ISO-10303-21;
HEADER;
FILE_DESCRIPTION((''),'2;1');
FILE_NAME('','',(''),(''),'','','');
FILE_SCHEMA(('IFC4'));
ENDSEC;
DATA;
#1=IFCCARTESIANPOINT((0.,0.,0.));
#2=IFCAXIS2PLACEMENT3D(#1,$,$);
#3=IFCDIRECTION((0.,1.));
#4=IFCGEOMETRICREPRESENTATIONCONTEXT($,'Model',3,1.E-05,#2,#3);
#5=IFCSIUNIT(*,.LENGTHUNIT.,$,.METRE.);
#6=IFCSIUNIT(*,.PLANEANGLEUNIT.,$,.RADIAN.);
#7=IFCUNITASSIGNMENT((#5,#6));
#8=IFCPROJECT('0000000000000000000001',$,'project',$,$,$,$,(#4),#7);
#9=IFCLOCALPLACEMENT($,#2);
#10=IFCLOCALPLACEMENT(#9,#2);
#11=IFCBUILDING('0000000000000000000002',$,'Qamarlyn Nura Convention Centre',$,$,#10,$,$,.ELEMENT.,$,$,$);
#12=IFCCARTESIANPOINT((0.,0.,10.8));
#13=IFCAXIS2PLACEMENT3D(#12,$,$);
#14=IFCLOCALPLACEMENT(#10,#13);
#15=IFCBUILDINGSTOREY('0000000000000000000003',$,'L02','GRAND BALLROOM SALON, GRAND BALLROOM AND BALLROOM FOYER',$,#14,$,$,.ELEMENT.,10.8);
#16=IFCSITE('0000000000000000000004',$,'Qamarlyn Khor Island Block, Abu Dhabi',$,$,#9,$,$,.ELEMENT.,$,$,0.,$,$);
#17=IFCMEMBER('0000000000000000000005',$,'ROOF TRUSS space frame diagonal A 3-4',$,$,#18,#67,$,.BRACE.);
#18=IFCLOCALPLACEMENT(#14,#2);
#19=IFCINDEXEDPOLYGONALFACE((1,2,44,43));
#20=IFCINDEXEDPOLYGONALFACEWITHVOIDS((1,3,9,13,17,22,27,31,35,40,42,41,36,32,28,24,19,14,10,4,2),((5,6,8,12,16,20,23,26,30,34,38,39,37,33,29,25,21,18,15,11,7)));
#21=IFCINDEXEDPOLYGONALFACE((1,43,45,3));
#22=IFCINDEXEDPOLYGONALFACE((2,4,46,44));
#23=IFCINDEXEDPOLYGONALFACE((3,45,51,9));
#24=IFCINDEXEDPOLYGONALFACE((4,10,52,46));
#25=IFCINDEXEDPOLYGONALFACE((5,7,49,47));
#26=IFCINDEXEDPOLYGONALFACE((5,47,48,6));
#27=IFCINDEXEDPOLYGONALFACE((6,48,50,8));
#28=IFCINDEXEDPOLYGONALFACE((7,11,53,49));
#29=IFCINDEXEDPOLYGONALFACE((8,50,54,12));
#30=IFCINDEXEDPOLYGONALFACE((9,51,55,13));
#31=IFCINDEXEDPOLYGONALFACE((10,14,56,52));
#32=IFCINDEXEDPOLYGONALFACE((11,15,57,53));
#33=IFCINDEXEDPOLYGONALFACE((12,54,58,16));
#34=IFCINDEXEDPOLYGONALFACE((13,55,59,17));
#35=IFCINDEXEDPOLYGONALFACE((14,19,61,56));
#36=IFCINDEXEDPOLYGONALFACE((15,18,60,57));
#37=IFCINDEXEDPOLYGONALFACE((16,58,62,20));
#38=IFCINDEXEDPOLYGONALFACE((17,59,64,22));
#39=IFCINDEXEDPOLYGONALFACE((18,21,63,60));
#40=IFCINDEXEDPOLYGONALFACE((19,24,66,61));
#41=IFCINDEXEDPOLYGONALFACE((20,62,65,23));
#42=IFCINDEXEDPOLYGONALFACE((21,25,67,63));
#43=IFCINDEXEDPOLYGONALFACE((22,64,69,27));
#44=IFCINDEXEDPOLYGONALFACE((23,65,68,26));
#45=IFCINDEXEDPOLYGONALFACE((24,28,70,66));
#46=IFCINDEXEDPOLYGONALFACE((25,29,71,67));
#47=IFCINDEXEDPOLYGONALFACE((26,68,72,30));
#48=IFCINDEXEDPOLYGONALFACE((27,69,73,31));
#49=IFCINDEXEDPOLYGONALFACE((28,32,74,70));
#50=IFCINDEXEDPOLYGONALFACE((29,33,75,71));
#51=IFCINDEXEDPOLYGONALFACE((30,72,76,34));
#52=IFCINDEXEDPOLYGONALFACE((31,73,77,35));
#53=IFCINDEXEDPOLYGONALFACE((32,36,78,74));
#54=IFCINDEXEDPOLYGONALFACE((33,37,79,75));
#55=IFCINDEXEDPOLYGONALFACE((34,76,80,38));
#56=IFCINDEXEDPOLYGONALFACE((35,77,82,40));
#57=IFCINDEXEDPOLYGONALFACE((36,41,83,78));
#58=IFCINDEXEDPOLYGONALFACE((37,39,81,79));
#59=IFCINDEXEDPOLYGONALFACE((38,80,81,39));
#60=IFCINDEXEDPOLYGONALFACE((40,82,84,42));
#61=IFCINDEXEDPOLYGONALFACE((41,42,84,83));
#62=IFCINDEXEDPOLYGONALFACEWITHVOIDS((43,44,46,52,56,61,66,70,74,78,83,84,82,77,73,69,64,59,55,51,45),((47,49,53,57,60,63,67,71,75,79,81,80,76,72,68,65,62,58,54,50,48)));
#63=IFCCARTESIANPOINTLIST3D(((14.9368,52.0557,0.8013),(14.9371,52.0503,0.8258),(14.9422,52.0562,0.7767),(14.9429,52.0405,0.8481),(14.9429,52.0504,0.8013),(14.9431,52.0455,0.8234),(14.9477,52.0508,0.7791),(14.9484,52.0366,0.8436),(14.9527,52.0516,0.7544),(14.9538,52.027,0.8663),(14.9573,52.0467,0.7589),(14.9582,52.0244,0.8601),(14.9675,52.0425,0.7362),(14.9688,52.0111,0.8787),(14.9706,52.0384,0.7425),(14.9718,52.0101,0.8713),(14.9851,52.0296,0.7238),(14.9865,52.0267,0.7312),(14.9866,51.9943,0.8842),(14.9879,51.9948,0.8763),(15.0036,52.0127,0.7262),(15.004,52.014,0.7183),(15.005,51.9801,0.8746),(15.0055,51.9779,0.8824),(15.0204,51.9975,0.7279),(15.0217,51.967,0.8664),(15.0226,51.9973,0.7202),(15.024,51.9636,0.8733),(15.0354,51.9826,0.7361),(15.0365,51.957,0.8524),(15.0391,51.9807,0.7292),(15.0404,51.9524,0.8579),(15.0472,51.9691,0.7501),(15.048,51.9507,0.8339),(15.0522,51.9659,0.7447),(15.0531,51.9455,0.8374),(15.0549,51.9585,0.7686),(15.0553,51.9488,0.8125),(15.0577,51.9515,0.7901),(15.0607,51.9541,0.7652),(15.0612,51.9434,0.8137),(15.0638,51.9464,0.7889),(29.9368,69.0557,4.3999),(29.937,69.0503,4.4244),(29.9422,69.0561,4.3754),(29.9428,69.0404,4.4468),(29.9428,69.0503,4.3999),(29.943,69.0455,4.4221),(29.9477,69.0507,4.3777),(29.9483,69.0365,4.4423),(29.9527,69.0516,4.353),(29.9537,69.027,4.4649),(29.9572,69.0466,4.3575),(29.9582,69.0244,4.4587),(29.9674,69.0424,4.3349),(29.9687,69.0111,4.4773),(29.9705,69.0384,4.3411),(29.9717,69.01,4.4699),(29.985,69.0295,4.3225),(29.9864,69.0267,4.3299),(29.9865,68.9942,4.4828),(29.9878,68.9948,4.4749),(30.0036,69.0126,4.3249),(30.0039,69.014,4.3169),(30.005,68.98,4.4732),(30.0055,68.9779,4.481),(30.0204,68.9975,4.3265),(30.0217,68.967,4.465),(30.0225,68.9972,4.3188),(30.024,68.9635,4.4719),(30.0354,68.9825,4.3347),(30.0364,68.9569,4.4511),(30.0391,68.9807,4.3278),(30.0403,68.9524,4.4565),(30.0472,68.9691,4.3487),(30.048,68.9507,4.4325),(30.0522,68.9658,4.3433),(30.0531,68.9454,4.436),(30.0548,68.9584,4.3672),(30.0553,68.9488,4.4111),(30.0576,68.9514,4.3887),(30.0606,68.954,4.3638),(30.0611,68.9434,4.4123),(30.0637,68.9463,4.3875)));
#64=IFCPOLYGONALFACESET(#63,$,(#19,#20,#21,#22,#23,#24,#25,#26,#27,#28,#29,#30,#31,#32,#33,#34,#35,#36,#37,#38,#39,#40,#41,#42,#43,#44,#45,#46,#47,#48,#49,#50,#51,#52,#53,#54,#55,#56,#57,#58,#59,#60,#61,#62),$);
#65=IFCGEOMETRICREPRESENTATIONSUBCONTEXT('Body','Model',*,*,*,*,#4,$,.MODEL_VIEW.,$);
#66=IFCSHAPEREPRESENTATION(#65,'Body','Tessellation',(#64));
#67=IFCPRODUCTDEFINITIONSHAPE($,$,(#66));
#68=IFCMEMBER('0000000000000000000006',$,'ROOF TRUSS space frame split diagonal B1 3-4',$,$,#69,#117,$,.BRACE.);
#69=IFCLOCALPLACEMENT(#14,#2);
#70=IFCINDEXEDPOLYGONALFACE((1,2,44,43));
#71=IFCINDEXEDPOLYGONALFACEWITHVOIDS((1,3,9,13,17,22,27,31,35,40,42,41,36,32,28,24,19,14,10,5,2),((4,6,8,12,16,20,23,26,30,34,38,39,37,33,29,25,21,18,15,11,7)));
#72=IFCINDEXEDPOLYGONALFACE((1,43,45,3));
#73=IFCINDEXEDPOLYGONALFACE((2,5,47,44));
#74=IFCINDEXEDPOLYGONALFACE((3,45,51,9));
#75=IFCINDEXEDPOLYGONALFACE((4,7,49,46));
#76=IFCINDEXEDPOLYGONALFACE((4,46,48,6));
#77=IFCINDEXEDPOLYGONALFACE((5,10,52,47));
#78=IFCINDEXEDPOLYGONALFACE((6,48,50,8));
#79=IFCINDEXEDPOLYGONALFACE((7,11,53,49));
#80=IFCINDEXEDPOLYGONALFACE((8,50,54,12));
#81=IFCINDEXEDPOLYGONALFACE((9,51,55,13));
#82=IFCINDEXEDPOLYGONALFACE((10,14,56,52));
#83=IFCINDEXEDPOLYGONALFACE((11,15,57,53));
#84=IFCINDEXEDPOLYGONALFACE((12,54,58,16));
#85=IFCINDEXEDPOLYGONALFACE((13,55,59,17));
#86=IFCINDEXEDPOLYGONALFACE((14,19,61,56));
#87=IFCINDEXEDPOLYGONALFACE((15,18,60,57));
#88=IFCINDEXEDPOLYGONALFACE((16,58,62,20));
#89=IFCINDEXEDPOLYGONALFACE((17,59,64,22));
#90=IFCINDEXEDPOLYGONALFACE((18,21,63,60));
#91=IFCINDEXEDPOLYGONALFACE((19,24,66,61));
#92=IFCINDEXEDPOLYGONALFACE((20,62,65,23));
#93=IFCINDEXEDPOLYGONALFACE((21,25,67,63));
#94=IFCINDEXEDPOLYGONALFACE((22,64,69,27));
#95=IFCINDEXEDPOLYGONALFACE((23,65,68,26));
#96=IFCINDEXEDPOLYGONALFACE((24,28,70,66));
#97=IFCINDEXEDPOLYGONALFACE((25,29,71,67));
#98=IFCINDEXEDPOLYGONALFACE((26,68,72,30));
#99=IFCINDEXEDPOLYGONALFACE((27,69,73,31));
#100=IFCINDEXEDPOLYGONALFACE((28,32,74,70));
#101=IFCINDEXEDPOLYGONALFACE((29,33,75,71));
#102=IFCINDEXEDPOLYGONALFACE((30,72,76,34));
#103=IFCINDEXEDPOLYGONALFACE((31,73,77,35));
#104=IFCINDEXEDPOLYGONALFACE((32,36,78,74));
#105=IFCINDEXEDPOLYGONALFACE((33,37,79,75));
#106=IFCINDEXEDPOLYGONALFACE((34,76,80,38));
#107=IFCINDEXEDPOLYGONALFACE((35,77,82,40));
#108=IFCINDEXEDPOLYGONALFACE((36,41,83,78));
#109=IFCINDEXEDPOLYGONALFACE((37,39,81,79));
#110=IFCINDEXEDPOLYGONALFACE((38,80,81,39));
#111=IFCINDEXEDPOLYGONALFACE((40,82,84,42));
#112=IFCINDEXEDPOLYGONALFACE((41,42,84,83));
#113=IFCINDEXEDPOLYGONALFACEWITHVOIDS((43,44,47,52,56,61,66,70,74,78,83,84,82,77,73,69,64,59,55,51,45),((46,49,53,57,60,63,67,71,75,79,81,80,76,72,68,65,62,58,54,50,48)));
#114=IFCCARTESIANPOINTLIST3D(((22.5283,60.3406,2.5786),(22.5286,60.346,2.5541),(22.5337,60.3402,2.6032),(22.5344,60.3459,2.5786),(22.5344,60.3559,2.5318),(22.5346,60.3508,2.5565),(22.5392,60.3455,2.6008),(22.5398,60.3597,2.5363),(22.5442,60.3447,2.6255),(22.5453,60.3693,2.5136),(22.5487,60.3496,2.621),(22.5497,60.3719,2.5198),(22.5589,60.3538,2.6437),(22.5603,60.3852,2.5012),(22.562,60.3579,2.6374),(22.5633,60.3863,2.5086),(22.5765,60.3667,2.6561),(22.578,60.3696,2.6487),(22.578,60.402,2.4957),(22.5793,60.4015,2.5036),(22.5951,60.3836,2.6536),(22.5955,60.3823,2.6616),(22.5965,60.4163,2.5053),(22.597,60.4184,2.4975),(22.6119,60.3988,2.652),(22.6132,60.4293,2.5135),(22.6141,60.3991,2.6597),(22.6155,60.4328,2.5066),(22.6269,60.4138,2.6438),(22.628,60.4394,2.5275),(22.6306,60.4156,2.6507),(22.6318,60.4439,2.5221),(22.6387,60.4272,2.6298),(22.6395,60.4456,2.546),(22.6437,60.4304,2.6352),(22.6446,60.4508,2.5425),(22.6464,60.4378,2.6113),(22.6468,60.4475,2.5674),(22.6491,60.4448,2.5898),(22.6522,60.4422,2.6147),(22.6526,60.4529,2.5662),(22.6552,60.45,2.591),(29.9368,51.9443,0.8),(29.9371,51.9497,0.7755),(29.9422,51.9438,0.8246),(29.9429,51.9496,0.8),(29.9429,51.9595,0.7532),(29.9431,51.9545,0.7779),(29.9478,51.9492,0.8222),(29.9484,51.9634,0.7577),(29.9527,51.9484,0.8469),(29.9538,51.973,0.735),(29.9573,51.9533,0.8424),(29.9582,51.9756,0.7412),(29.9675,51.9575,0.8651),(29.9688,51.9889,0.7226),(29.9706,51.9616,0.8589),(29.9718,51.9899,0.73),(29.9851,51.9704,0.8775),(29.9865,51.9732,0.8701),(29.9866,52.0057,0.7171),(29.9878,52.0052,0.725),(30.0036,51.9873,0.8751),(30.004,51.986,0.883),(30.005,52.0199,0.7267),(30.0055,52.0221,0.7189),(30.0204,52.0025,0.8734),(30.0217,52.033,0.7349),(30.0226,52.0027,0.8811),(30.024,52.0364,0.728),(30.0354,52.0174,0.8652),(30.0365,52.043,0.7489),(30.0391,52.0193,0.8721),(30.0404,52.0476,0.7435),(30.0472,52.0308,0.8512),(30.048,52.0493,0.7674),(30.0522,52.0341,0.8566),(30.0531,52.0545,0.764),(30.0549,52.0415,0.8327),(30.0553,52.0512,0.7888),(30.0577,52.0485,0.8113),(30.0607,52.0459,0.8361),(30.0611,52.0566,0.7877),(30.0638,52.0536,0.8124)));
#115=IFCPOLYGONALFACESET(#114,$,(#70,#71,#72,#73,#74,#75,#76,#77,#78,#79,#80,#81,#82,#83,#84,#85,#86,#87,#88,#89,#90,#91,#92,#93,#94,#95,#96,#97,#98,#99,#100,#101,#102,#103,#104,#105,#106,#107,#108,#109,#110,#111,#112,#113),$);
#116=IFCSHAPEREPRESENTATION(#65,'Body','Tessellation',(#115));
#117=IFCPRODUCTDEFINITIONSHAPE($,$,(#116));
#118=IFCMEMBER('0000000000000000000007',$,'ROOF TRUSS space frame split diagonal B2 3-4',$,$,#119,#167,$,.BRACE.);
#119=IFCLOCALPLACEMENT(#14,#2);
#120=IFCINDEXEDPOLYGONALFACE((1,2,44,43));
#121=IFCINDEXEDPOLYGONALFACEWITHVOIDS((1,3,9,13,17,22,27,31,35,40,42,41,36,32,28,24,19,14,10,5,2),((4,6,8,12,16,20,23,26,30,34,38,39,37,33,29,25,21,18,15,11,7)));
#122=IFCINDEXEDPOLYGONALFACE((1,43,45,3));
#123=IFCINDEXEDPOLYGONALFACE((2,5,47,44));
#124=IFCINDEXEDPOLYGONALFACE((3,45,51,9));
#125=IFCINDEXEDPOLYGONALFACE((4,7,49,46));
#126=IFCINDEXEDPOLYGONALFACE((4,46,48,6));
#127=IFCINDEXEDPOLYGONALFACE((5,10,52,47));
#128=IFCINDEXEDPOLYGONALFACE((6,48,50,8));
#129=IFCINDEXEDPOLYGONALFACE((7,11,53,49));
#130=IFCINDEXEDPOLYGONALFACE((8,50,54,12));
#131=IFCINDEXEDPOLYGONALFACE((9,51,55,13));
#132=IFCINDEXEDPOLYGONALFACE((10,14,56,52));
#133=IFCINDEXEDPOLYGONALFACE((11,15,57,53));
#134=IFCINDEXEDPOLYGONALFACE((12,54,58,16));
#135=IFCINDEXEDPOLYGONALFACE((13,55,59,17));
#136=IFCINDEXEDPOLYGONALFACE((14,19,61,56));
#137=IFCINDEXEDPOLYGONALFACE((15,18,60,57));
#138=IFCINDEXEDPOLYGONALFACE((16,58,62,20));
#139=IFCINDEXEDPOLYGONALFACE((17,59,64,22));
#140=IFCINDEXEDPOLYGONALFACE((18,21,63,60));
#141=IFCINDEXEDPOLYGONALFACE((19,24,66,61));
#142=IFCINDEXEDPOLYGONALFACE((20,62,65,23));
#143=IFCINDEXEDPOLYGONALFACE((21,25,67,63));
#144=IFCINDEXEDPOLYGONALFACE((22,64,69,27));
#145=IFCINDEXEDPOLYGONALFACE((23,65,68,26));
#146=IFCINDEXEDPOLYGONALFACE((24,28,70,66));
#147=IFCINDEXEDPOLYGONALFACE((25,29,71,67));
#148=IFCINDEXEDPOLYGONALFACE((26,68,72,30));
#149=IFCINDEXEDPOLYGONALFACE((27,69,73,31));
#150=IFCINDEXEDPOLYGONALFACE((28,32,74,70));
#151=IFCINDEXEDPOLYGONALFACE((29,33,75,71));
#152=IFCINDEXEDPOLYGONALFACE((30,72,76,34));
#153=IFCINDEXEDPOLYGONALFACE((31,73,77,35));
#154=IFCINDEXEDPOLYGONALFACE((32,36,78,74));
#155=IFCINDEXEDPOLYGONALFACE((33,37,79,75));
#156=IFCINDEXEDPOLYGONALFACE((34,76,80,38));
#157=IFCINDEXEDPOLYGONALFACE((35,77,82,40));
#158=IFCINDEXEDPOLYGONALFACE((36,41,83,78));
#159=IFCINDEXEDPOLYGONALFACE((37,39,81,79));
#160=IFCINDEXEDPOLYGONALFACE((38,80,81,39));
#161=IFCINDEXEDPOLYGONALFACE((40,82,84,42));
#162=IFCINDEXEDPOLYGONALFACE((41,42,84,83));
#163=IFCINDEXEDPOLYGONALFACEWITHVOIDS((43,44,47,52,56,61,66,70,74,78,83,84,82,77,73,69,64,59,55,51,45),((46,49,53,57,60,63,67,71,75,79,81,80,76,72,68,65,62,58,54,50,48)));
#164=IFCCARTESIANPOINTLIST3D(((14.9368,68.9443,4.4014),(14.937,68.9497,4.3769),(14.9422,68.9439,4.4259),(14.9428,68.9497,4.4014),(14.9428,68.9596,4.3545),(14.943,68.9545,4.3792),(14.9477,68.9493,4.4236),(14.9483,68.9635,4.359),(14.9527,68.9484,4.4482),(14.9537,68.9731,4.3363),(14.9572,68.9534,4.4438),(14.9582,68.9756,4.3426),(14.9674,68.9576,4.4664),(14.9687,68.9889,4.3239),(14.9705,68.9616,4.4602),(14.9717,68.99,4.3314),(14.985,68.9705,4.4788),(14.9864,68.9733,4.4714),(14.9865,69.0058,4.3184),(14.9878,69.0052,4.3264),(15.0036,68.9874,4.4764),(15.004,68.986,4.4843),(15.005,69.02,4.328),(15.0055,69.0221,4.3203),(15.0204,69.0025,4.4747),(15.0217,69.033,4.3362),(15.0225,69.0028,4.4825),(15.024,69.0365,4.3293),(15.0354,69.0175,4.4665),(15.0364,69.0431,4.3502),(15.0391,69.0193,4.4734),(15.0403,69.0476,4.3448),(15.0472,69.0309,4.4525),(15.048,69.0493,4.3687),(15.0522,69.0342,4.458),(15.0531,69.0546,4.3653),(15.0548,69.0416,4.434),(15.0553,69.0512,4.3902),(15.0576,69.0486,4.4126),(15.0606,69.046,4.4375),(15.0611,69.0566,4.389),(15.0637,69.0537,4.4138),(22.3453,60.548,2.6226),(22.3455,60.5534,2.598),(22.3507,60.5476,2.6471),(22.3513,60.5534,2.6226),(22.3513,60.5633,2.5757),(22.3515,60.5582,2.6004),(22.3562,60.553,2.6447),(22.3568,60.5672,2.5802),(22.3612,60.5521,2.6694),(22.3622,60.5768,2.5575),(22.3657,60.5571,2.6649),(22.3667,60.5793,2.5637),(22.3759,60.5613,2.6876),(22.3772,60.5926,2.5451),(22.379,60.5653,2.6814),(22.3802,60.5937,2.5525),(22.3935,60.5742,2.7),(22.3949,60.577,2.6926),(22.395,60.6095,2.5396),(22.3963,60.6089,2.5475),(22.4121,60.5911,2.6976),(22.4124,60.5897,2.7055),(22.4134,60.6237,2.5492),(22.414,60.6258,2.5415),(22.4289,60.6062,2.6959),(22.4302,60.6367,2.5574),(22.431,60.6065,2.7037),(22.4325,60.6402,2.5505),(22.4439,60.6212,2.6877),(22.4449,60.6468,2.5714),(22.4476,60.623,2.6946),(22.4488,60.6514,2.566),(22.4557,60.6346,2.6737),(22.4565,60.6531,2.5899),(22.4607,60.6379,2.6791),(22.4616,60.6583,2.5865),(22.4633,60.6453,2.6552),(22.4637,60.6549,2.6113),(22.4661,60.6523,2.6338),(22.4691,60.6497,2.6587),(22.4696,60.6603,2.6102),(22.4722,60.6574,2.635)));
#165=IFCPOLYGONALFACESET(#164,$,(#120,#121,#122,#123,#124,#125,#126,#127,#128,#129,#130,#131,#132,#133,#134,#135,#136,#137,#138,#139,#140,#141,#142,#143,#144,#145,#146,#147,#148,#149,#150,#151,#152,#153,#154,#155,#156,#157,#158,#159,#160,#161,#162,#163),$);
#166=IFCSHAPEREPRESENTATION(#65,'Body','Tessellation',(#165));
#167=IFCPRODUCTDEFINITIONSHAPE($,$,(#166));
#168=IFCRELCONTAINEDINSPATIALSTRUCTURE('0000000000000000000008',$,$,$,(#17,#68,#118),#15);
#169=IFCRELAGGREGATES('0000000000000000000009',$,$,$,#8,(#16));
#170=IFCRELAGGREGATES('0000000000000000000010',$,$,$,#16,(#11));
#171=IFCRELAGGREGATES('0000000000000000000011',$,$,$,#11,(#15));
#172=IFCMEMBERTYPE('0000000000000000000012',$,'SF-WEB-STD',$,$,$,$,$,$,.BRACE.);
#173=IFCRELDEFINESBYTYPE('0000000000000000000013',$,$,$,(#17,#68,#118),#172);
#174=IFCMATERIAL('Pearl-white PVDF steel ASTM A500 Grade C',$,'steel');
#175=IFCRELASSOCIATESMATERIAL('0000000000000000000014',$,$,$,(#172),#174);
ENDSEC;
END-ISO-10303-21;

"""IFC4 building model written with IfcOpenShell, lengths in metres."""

from ifc_helpers import new_model, si_unit, direction, frame, origin, origin_2d, place, context, subcontext, project, spatial, hollow_circle, extrude, material, material_profile, profile_set, type_object, element, save


model = new_model("IFC4")

# Units and contexts
model_context = context("Model", 3, precision=1e-05, world=origin(), true_north=direction((0.0, 1.0)))
body_context = subcontext(model_context, "Body", "Model", "MODEL_VIEW")
ifc_project = project(units=[si_unit("LENGTHUNIT", "METRE"), si_unit("PLANEANGLEUNIT", "RADIAN")], contexts=[model_context])

# Site, building, storey
site_placement = place(None, origin())
site = spatial("IfcSite", under=ifc_project, at=site_placement, Name="Qamarlyn Khor Island Block, Abu Dhabi", CompositionType="ELEMENT", RefElevation=0.0)
building_placement = place(site_placement, origin())
building = spatial("IfcBuilding", under=site, at=building_placement, Name="Qamarlyn Nura Convention Centre", CompositionType="ELEMENT")
storey_placement = place(building_placement, frame((0.0, 0.0, 10.8)))
storey = spatial("IfcBuildingStorey", under=building, at=storey_placement, Name="L02", Description="GRAND BALLROOM SALON, GRAND BALLROOM AND BALLROOM FOYER", CompositionType="ELEMENT", Elevation=10.8)

# Members
ifc_material_1 = material(Name="Pearl-white PVDF steel ASTM A500 Grade C", Category="steel")
ifc_material_profile_1 = material_profile(ifc_material_1, hollow_circle(Radius=0.0842, WallThickness=0.0081, at=origin_2d()), Name="CHS168.3X8")
ifc_profile_set_1 = profile_set([ifc_material_profile_1], Name="Pearl-white PVDF steel ASTM A500 Grade C")
member_type_1 = type_object("IfcMemberType", Name="SF-WEB-STD", PredefinedType="BRACE", material=ifc_profile_set_1)
member_1_placement = place(storey_placement, frame((15.0, 52.0, 0.8013), z_axis=(0.653441, 0.740567, 0.156766), x_axis=(-0.749838, 0.661622, 0.0)))
element("IfcMember", 1, at=member_1_placement, inside=storey, type_object=member_type_1, Name="ROOF TRUSS space frame diagonal A 3-4", PredefinedType="BRACE", context=body_context, shape_type="SweptSolid", body=[
    extrude(hollow_circle(Radius=0.0842, WallThickness=0.0081, at=origin_2d()), origin(), (0.0, 0.0, 1.0), 22.9553),
])
for number, where, z_axis, x_axis, name in (
    (2, (30.0, 52.0, 0.8), (-0.65343, 0.740554, 0.156871), (-0.749838, -0.661622, 0.0), "ROOF TRUSS space frame split diagonal B1 3-4"),
    (3, (22.4084, 60.6038, 2.6226), (-0.653428, 0.740552, 0.156892), (-0.749838, -0.661622, 0.0), "ROOF TRUSS space frame split diagonal B2 3-4"),
):
    element("IfcMember", number, at=place(storey_placement, frame(where, z_axis=z_axis, x_axis=x_axis)), inside=storey, type_object=member_type_1, Name=name, PredefinedType="BRACE", context=body_context, shape_type="SweptSolid", body=[
        extrude(hollow_circle(Radius=0.0842, WallThickness=0.0081, at=origin_2d()), origin(), (0.0, 0.0, 1.0), 11.3379),
    ])

save(model, "model.ifc")
